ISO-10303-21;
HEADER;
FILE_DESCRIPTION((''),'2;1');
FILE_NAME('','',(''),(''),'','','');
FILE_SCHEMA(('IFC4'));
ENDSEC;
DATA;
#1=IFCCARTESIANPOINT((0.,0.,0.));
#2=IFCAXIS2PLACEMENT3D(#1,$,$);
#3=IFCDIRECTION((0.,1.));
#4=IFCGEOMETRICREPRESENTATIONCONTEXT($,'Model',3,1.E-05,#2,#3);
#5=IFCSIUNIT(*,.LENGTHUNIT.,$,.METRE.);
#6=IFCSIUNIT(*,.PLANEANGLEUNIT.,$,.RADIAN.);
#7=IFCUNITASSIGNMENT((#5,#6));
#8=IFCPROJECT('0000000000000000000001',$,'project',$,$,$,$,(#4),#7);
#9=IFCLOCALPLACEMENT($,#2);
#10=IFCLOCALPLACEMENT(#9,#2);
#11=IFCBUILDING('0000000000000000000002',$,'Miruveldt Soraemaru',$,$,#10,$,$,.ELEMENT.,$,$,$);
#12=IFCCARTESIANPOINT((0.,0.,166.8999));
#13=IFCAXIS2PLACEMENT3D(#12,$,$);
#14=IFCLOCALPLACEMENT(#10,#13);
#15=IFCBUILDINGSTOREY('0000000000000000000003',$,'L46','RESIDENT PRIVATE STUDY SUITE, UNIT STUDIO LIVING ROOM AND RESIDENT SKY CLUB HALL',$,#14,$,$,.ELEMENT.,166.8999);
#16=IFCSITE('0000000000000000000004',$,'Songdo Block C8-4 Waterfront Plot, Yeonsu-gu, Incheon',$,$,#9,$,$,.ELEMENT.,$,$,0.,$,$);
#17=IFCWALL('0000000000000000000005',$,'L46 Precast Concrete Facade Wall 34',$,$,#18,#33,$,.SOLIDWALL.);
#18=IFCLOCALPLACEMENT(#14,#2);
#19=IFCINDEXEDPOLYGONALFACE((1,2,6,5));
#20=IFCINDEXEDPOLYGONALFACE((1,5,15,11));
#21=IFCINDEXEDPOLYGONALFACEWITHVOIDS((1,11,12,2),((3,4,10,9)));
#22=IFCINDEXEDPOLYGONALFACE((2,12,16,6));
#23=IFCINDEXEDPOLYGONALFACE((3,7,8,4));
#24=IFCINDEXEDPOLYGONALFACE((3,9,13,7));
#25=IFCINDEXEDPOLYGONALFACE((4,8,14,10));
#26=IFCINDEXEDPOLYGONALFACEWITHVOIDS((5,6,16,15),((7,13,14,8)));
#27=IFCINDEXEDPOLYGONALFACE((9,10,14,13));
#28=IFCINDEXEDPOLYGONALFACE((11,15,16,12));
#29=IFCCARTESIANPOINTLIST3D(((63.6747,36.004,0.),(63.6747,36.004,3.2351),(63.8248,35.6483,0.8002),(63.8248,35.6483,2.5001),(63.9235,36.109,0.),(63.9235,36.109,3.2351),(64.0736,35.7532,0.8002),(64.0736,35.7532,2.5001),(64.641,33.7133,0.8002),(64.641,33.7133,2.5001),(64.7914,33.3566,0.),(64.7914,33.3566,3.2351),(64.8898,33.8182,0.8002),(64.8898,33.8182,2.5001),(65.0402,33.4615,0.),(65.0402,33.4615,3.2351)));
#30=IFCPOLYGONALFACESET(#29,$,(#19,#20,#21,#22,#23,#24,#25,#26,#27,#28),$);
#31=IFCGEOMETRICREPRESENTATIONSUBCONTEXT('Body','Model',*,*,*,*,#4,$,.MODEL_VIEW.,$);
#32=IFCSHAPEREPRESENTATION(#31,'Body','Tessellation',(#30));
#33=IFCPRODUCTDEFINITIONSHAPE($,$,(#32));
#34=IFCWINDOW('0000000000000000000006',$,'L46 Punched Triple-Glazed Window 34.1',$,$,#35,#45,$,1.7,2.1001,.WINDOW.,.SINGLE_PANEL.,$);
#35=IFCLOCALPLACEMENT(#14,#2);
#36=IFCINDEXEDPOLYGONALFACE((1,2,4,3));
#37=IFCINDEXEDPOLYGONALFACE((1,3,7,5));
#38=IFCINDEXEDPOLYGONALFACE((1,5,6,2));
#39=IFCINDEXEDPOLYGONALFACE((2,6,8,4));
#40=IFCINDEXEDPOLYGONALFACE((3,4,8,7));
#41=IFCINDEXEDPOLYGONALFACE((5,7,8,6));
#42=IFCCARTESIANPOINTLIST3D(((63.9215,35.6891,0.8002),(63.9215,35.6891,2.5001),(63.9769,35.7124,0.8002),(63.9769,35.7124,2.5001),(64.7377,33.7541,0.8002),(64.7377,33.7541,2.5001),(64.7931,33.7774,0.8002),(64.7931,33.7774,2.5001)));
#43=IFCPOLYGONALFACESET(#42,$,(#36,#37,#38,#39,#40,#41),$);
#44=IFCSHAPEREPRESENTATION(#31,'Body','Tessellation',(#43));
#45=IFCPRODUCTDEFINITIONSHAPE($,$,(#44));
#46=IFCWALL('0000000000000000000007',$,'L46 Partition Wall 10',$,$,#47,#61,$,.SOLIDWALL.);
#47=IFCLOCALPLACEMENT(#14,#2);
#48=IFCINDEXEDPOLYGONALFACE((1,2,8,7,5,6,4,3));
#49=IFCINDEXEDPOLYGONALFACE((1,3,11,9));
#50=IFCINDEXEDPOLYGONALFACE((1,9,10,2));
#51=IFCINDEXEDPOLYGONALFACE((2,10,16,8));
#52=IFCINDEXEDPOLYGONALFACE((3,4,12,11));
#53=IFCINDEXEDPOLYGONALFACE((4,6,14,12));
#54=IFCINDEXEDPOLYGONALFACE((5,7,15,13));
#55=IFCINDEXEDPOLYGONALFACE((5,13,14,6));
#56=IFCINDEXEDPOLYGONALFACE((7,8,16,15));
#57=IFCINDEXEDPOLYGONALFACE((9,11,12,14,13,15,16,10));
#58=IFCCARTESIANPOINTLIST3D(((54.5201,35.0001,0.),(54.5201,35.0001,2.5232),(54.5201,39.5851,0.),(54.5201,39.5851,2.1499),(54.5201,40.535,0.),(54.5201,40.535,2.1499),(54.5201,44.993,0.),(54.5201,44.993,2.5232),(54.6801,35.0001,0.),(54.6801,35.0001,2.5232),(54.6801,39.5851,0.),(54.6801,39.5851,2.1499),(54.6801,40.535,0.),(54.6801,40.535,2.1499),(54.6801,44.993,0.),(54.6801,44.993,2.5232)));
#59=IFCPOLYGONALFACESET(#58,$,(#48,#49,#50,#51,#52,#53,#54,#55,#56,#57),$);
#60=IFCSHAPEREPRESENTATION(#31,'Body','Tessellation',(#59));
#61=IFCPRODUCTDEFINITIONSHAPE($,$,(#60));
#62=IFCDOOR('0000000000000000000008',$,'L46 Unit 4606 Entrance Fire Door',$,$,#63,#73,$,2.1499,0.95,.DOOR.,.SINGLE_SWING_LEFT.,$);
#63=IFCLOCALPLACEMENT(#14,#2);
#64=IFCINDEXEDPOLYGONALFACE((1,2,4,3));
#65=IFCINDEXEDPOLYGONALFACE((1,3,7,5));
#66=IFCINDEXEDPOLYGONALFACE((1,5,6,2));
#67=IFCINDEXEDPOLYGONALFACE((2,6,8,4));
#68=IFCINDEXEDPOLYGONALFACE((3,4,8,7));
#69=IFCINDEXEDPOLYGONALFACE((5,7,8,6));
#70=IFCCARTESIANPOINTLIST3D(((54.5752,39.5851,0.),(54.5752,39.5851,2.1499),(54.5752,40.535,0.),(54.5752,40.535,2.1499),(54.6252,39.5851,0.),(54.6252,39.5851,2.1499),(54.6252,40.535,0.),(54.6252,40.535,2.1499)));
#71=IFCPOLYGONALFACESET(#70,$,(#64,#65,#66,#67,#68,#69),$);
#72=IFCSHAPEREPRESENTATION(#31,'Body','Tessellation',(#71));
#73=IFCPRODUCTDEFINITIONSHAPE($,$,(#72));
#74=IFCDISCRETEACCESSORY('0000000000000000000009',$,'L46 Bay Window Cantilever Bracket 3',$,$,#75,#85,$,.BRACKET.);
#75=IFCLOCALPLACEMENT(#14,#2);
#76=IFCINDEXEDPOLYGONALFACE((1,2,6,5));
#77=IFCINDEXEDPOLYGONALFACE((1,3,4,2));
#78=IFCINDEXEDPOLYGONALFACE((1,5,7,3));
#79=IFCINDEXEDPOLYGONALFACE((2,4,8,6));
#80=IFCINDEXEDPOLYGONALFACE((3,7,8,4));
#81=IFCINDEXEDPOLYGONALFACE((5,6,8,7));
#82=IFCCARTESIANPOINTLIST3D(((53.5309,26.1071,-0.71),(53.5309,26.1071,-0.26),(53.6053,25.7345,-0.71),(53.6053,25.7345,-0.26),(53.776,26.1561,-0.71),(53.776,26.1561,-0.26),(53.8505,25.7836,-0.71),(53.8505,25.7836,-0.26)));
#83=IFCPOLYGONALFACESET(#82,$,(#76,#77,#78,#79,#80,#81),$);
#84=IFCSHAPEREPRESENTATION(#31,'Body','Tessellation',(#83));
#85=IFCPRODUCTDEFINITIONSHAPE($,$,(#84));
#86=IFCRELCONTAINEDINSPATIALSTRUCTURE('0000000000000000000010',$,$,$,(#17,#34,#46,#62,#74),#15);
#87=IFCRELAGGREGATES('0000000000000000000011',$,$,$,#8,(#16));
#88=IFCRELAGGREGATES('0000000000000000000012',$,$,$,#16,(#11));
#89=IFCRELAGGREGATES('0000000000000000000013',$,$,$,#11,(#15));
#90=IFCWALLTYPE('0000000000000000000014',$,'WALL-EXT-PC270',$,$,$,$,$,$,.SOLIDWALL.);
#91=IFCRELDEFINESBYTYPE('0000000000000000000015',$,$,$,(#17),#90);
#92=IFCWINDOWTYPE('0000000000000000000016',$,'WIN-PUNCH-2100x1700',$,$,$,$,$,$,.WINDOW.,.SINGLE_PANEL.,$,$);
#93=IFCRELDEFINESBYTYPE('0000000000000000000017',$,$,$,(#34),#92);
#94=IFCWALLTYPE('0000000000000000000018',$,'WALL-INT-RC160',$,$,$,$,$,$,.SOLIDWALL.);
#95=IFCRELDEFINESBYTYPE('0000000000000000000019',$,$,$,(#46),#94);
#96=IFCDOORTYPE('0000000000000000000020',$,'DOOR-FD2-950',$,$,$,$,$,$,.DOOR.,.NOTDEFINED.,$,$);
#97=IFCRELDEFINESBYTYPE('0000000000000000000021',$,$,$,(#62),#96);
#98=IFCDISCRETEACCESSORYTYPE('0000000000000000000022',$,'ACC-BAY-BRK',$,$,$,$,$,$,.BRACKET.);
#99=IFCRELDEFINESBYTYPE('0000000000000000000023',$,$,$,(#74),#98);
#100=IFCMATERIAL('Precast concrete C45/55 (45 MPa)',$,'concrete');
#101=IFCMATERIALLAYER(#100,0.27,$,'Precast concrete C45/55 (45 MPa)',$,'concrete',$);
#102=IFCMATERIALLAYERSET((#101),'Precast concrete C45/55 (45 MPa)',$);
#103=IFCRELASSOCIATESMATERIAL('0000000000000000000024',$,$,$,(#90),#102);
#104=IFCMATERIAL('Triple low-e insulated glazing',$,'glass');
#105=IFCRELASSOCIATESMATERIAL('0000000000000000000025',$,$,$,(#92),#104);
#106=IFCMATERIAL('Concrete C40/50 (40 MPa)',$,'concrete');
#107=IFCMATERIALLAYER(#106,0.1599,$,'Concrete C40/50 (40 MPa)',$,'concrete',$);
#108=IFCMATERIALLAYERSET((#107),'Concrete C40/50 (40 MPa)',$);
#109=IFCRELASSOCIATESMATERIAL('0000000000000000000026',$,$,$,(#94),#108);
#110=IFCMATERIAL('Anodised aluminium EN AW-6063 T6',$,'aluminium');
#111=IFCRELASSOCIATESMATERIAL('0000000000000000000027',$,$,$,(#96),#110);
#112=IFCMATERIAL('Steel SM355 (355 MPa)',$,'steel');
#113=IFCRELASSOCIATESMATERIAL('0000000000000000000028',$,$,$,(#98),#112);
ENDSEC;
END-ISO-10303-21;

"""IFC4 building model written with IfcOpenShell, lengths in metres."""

from ifc_helpers import new_model, si_unit, direction, frame, frame_2d, origin, origin_2d, place, context, subcontext, project, spatial, rectangle, extrude, material, layer, layer_set, type_object, element, fill, save


model = new_model("IFC4")

# Units and contexts
model_context = context("Model", 3, precision=1e-05, world=origin(), true_north=direction((0.0, 1.0)))
body_context = subcontext(model_context, "Body", "Model", "MODEL_VIEW")
ifc_project = project(units=[si_unit("LENGTHUNIT", "METRE"), si_unit("PLANEANGLEUNIT", "RADIAN")], contexts=[model_context])

# Site, building, storey
site_placement = place(None, origin())
site = spatial("IfcSite", under=ifc_project, at=site_placement, Name="Songdo Block C8-4 Waterfront Plot, Yeonsu-gu, Incheon", CompositionType="ELEMENT", RefElevation=0.0)
building_placement = place(site_placement, origin())
building = spatial("IfcBuilding", under=site, at=building_placement, Name="Miruveldt Soraemaru", CompositionType="ELEMENT")
storey_placement = place(building_placement, frame((0.0, 0.0, 166.8999)))
storey = spatial("IfcBuildingStorey", under=building, at=storey_placement, Name="L46", Description="RESIDENT PRIVATE STUDY SUITE, UNIT STUDIO LIVING ROOM AND RESIDENT SKY CLUB HALL", CompositionType="ELEMENT", Elevation=166.8999)

# Shared definitions
ifc_material_1 = material(Name="Steel SM355 (355 MPa)", Category="steel")

# Shared definitions
ifc_material_2 = material(Name="Precast concrete C45/55 (45 MPa)", Category="concrete")
ifc_layer_1 = layer(ifc_material_2, 0.27, Name="Precast concrete C45/55 (45 MPa)", Category="concrete")
ifc_layer_set_1 = layer_set([ifc_layer_1], Name="Precast concrete C45/55 (45 MPa)")
wall_type_1 = type_object("IfcWallType", Name="WALL-EXT-PC270", PredefinedType="SOLIDWALL", material=ifc_layer_set_1)

# Wall, opening, window
ifc_material_3 = material(Name="Triple low-e insulated glazing", Category="glass")
window_type_1 = type_object("IfcWindowType", Name="WIN-PUNCH-2100x1700", PartitioningType="SINGLE_PANEL", PredefinedType="WINDOW", material=ifc_material_3)
wall_1_placement = place(storey_placement, frame((64.9158, 33.4092, 0.0), z_axis=(0.0, 0.0, 1.0), x_axis=(-0.388642, 0.921389, 0.0)))
wall_1 = element("IfcWall", 1, at=wall_1_placement, inside=storey, type_object=wall_type_1, Name="L46 Precast Concrete Facade Wall 34", PredefinedType="SOLIDWALL", context=body_context, shape_type="SweptSolid", body=[
    extrude(rectangle(XDim=2.8733, YDim=0.27, at=frame_2d((1.4365, 0.0))), origin(), (0.0, 0.0, 1.0), 3.2351),
])
opening_1_placement = place(wall_1_placement, frame((0.387, 0.0, 0.8)))
opening_1 = element("IfcOpeningElement", 2, at=opening_1_placement, cuts=wall_1, PredefinedType="OPENING", context=body_context, shape_type="SweptSolid", body=[
    extrude(rectangle(XDim=2.1001, YDim=1.7, at=frame_2d((1.05, 0.8501))), frame((0.0, 0.145, 0.0), z_axis=(0.0, -1.0, 0.0), x_axis=(1.0, 0.0, 0.0)), (0.0, 0.0, 1.0), 0.29),
])
window_1_placement = place(opening_1_placement, origin())
window_1 = element("IfcWindow", 3, at=window_1_placement, inside=storey, type_object=window_type_1, Name="L46 Punched Triple-Glazed Window 34.1", OverallHeight=1.7, OverallWidth=2.1001, PartitioningType="SINGLE_PANEL", PredefinedType="WINDOW", context=body_context, shape_type="SweptSolid", body=[
    extrude(rectangle(XDim=2.1001, YDim=1.7, at=frame_2d((1.05, 0.8501))), frame((0.0, 0.03, 0.0), z_axis=(0.0, -1.0, 0.0), x_axis=(1.0, 0.0, 0.0)), (0.0, 0.0, 1.0), 0.0601),
])
fill(opening_1, window_1)

# Wall, opening, door
ifc_material_4 = material(Name="Concrete C40/50 (40 MPa)", Category="concrete")
ifc_layer_2 = layer(ifc_material_4, 0.1599, Name="Concrete C40/50 (40 MPa)", Category="concrete")
ifc_layer_set_2 = layer_set([ifc_layer_2], Name="Concrete C40/50 (40 MPa)")
wall_type_2 = type_object("IfcWallType", Name="WALL-INT-RC160", PredefinedType="SOLIDWALL", material=ifc_layer_set_2)
wall_2_placement = place(storey_placement, frame((54.6001, 35.0, 0.0), z_axis=(0.0, 0.0, 1.0), x_axis=(0.0, 1.0, 0.0)))
wall_2 = element("IfcWall", 4, at=wall_2_placement, inside=storey, type_object=wall_type_2, Name="L46 Partition Wall 10", PredefinedType="SOLIDWALL", context=body_context, shape_type="SweptSolid", body=[
    extrude(rectangle(XDim=9.9929, YDim=0.1599, at=frame_2d((4.9966, 0.0))), origin(), (0.0, 0.0, 1.0), 2.5232),
])
opening_2_placement = place(wall_2_placement, frame((4.585, 0.0, 0.0)))
opening_2 = element("IfcOpeningElement", 5, at=opening_2_placement, cuts=wall_2, PredefinedType="OPENING", context=body_context, shape_type="SweptSolid", body=[
    extrude(rectangle(XDim=0.95, YDim=2.1499, at=frame_2d((0.4751, 1.075))), frame((0.0, 0.0898, 0.0), z_axis=(0.0, -1.0, 0.0), x_axis=(1.0, 0.0, 0.0)), (0.0, 0.0, 1.0), 0.1799),
])
ifc_material_5 = material(Name="Anodised aluminium EN AW-6063 T6", Category="aluminium")
door_type = type_object("IfcDoorType", Name="DOOR-FD2-950", OperationType="NOTDEFINED", PredefinedType="DOOR", material=ifc_material_5)
door_placement = place(opening_2_placement, origin())
door = element("IfcDoor", 6, at=door_placement, inside=storey, type_object=door_type, Name="L46 Unit 4606 Entrance Fire Door", OperationType="SINGLE_SWING_LEFT", OverallHeight=2.1499, OverallWidth=0.95, PredefinedType="DOOR", context=body_context, shape_type="SweptSolid", body=[
    extrude(rectangle(XDim=0.95, YDim=2.1499, at=frame_2d((0.4751, 1.075))), frame((0.0, 0.0249, 0.0), z_axis=(0.0, -1.0, 0.0), x_axis=(1.0, 0.0, 0.0)), (0.0, 0.0, 1.0), 0.05),
])
fill(opening_2, door)

# Discrete accessory
discrete_accessory_type = type_object("IfcDiscreteAccessoryType", Name="ACC-BAY-BRK", PredefinedType="BRACKET", material=ifc_material_1)
discrete_accessory_placement = place(storey_placement, frame((53.6907, 25.9453, -0.71), z_axis=(0.0, 0.0, 1.0), x_axis=(0.1961, -0.980584, 0.0)))
element("IfcDiscreteAccessory", 7, at=discrete_accessory_placement, inside=storey, type_object=discrete_accessory_type, Name="L46 Bay Window Cantilever Bracket 3", PredefinedType="BRACKET", context=body_context, shape_type="SweptSolid", body=[
    extrude(rectangle(XDim=0.3799, YDim=0.25, at=origin_2d()), origin(), (0.0, 0.0, 1.0), 0.45),
])

save(model, "model.ifc")
